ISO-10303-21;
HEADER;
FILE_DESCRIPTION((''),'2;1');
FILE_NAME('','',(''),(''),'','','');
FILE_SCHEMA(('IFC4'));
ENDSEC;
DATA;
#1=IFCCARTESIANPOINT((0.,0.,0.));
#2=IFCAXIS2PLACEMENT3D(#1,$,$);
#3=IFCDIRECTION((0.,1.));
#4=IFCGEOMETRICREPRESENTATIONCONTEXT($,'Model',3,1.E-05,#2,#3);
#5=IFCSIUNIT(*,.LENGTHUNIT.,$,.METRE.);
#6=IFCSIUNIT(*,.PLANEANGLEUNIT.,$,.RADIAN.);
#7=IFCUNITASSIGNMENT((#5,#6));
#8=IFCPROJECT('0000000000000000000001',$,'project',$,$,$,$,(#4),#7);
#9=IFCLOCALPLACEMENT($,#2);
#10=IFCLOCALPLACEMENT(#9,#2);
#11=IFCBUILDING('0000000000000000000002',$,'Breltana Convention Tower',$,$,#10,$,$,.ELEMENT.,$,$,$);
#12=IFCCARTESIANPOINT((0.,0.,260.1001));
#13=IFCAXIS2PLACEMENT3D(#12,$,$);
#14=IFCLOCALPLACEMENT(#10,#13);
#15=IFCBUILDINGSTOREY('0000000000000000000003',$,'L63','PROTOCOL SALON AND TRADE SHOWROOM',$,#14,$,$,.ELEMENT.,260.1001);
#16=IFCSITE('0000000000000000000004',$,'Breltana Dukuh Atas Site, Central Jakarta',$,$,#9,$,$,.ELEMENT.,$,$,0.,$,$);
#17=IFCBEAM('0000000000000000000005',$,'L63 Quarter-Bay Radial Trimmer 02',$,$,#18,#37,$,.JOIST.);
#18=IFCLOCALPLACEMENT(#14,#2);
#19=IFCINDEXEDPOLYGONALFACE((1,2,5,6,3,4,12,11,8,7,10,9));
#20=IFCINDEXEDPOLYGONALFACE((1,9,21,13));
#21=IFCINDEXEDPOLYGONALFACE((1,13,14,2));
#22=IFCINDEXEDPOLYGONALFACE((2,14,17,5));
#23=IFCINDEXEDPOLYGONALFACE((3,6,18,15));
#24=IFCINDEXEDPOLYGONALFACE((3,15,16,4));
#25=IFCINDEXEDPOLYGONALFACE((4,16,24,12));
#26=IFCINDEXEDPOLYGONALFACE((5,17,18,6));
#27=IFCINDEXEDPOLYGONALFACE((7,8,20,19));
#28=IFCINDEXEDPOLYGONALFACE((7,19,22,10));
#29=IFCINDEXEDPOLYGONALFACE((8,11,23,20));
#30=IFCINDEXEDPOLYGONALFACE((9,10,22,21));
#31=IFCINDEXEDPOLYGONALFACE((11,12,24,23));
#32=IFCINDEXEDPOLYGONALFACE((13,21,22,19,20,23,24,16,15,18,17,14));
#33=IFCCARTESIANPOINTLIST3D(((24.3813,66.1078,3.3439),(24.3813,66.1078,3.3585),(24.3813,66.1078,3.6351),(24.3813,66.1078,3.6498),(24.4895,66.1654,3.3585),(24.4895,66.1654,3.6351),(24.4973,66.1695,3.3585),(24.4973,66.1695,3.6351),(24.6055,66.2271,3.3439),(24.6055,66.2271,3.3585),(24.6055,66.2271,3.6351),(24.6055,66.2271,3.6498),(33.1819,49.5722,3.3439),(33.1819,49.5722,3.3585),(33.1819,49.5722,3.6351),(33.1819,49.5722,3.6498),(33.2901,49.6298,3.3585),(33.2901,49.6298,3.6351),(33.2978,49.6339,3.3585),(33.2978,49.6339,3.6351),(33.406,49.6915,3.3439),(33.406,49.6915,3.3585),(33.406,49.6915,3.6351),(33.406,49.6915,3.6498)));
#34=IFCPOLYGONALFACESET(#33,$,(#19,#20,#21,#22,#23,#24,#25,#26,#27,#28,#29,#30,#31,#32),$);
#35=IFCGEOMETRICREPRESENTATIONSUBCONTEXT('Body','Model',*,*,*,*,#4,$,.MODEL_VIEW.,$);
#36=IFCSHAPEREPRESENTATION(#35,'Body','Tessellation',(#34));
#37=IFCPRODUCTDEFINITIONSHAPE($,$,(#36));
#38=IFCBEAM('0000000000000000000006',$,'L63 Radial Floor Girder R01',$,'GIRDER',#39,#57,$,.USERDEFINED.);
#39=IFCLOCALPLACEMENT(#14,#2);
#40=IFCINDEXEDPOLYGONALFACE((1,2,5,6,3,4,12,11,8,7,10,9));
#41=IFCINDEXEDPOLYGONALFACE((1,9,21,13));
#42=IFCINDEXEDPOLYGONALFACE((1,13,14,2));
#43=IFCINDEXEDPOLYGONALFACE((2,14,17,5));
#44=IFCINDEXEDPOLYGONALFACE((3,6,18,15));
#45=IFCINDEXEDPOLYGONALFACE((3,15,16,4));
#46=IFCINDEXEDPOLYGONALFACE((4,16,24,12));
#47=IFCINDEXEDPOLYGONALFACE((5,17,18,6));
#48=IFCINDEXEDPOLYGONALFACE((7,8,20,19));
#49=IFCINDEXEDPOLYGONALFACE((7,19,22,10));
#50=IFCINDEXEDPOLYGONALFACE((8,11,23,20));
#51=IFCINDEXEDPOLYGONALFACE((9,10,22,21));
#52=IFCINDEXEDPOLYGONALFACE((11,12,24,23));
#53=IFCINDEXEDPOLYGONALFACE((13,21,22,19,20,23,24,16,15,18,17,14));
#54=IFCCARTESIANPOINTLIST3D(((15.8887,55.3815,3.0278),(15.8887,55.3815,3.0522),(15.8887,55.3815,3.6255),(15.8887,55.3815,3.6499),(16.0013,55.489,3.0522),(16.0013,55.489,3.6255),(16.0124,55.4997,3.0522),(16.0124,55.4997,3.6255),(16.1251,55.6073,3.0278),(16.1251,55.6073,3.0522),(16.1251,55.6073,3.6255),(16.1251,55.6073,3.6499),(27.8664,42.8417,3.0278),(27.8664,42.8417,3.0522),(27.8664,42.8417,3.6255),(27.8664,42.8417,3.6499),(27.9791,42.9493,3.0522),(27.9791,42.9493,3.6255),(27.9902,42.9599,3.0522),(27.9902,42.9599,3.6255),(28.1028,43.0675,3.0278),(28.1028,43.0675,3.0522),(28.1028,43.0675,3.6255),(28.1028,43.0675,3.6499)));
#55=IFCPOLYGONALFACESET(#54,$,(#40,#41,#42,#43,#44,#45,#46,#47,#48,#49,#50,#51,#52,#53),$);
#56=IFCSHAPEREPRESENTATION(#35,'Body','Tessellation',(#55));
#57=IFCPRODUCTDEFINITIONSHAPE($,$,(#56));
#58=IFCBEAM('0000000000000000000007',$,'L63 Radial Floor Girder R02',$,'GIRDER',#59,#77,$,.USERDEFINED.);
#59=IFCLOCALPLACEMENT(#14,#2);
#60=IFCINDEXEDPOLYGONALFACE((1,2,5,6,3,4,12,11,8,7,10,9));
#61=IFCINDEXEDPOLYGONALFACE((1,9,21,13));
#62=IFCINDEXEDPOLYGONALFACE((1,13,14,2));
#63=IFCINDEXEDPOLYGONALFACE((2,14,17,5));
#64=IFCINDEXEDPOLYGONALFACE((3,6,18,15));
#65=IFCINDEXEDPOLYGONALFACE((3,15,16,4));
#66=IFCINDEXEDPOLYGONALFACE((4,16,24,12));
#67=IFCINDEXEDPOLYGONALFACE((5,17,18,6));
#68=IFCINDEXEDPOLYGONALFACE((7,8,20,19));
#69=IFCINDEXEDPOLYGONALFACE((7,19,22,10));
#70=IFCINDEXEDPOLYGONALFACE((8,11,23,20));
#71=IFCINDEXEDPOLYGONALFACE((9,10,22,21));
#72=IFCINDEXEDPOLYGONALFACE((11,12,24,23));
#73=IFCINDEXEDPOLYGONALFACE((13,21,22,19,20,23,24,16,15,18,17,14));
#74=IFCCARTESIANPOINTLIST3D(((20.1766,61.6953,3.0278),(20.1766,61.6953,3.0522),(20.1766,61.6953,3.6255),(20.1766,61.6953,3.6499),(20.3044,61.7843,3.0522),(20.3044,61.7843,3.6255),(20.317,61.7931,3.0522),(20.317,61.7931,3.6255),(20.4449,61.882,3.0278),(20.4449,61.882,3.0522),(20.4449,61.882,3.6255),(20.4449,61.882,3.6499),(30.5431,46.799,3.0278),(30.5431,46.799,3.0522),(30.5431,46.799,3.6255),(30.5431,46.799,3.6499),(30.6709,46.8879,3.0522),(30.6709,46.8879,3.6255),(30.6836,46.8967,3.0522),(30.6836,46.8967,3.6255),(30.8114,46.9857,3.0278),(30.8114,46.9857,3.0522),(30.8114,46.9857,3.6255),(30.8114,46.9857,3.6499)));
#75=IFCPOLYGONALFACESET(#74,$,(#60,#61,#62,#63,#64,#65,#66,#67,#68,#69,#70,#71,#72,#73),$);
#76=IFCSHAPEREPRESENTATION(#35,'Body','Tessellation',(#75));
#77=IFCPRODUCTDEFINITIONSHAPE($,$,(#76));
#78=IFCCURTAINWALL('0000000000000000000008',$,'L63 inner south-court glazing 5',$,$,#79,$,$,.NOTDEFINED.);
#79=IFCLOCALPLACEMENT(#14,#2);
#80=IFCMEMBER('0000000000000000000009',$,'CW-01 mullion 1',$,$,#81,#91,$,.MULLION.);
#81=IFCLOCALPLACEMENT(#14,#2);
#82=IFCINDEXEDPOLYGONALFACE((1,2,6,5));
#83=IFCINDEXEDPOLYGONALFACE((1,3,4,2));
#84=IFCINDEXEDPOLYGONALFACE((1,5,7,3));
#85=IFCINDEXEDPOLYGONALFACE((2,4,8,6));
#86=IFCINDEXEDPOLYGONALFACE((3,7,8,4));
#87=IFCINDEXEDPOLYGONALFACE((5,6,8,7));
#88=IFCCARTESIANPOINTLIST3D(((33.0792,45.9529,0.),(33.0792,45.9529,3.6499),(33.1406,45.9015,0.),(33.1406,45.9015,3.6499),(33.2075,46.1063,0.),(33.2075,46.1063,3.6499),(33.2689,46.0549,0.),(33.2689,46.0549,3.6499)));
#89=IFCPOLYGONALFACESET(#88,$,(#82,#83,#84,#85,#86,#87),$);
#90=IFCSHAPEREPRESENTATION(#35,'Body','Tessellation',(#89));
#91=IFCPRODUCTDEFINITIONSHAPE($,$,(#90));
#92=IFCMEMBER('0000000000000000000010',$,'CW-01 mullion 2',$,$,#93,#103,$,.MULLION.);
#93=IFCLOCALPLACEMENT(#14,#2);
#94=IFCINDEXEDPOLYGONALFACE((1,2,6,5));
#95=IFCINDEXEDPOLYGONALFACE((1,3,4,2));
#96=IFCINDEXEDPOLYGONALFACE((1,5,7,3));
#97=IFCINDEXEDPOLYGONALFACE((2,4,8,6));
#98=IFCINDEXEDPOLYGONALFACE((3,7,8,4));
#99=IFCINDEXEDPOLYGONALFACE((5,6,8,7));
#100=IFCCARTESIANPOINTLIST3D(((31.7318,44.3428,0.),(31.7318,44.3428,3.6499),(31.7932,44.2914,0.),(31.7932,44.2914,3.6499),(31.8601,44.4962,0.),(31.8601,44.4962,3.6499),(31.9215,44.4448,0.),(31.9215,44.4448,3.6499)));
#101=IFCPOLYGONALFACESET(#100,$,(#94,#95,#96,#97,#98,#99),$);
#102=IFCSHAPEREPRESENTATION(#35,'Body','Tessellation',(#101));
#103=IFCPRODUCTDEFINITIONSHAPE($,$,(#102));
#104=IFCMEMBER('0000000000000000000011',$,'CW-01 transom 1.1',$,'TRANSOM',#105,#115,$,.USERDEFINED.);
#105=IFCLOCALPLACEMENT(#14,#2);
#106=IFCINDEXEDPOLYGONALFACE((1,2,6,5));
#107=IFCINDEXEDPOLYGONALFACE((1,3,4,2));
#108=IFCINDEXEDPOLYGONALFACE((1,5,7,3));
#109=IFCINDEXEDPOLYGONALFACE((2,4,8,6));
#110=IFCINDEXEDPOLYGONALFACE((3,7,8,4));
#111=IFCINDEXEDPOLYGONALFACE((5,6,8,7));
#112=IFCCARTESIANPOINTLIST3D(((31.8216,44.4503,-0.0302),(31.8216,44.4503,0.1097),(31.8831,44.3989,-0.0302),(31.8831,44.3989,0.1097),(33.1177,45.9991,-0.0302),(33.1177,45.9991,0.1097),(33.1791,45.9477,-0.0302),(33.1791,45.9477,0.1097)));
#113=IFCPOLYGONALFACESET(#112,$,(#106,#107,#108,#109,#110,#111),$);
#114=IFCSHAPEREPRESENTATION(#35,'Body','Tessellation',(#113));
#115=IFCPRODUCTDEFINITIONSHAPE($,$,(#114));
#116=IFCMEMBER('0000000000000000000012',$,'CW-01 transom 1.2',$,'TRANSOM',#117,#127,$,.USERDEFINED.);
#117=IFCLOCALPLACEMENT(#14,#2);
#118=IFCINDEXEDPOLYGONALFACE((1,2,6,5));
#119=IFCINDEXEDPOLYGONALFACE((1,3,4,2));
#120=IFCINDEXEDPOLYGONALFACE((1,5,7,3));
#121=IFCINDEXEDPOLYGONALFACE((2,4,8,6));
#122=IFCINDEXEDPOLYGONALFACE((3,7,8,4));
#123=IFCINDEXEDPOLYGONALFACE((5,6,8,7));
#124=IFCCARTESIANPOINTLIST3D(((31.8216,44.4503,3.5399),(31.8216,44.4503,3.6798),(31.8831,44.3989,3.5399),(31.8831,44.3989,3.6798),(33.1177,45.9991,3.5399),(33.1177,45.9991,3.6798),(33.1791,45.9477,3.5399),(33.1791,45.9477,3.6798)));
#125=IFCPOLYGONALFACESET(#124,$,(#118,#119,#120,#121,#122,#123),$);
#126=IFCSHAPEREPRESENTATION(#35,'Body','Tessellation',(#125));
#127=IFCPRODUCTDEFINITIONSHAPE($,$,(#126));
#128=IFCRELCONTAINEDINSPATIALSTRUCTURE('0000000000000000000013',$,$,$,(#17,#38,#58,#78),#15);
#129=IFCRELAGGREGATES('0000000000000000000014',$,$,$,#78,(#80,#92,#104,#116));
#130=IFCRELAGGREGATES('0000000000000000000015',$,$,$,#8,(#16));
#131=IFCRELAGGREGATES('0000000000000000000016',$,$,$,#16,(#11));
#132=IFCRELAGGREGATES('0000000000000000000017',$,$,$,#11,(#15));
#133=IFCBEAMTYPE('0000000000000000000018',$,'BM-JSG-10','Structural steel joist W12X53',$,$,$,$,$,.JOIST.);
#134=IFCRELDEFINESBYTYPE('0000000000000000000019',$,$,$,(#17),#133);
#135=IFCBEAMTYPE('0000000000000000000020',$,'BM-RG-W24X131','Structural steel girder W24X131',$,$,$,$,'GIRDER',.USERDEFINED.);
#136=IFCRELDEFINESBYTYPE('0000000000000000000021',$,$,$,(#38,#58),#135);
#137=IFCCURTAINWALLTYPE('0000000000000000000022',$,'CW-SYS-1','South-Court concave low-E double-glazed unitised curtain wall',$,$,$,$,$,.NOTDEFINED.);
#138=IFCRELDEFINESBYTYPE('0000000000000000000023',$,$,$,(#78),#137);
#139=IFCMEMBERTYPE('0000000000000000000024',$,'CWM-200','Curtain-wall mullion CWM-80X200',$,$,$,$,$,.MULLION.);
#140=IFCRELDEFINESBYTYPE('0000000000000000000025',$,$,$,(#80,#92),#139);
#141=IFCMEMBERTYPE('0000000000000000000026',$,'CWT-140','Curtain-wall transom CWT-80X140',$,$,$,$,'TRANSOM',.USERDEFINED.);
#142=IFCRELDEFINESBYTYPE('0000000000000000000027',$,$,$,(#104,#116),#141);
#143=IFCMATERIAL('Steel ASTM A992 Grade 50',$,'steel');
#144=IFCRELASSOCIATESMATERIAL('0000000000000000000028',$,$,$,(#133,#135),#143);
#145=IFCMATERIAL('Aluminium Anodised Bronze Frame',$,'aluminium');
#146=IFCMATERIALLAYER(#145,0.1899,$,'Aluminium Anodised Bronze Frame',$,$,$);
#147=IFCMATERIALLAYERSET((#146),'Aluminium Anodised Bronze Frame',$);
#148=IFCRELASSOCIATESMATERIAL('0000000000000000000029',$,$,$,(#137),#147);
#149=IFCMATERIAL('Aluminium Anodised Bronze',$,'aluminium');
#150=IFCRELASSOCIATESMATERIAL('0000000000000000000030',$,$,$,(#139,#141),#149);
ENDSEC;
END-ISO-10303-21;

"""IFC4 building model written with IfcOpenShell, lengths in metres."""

from ifc_helpers import new_model, si_unit, direction, frame, origin, origin_2d, place, context, subcontext, project, spatial, rectangle, i_section, extrude, source, transform, mapped, material, layer, layer_set, material_profile, profile_set, type_object, type_shapes, element, aggregate, save


model = new_model("IFC4")

# Units and contexts
model_context = context("Model", 3, precision=1e-05, world=origin(), true_north=direction((0.0, 1.0)))
body_context = subcontext(model_context, "Body", "Model", "MODEL_VIEW")
ifc_project = project(units=[si_unit("LENGTHUNIT", "METRE"), si_unit("PLANEANGLEUNIT", "RADIAN")], contexts=[model_context])

# Site, building, storey
site_placement = place(None, origin())
site = spatial("IfcSite", under=ifc_project, at=site_placement, Name="Breltana Dukuh Atas Site, Central Jakarta", CompositionType="ELEMENT", RefElevation=0.0)
building_placement = place(site_placement, origin())
building = spatial("IfcBuilding", under=site, at=building_placement, Name="Breltana Convention Tower", CompositionType="ELEMENT")
storey_placement = place(building_placement, frame((0.0, 0.0, 260.1001)))
storey = spatial("IfcBuildingStorey", under=building, at=storey_placement, Name="L63", Description="PROTOCOL SALON AND TRADE SHOWROOM", CompositionType="ELEMENT", Elevation=260.1001)

# Shared definitions
ifc_material_1 = material(Name="Steel ASTM A992 Grade 50", Category="steel")

# Beams
ifc_material_profile_1 = material_profile(ifc_material_1, i_section(OverallWidth=0.2539, OverallDepth=0.3059, WebThickness=0.0088, FlangeThickness=0.0146, at=origin_2d()), Name="W12X53")
ifc_profile_set_1 = profile_set([ifc_material_profile_1], Name="Steel ASTM A992 Grade 50")
beam_type_1 = type_object("IfcBeamType", Name="BM-JSG-10", Description="Structural steel joist W12X53", PredefinedType="JOIST", material=ifc_profile_set_1)
shared_shape_1 = source(origin(), body_context, "Body", "SweptSolid", [
    extrude(i_section(OverallWidth=0.2539, OverallDepth=0.3059, WebThickness=0.0088, FlangeThickness=0.0146, at=origin_2d()), origin(), (0.0, 0.0, 1.0), 18.7317),
])
beam_1_placement = place(storey_placement, frame((33.2939, 49.6318, 3.4968), z_axis=(-0.46982, 0.882762, 0.0), x_axis=(-0.882762, -0.46982, 0.0)))
element("IfcBeam", 1, at=beam_1_placement, inside=storey, type_object=beam_type_1, Name="L63 Quarter-Bay Radial Trimmer 02", PredefinedType="JOIST", context=body_context, shape_type="MappedRepresentation", body=[
    mapped(shared_shape_1, transform((0.0, 0.0, 0.0), scale=1.0)),
])
ifc_material_profile_2 = material_profile(ifc_material_1, i_section(OverallWidth=0.3269, OverallDepth=0.6221, WebThickness=0.0154, FlangeThickness=0.0244, at=origin_2d()), Name="W24X131")
ifc_profile_set_2 = profile_set([ifc_material_profile_2], Name="Steel ASTM A992 Grade 50")
beam_type_2 = type_object("IfcBeamType", Name="BM-RG-W24X131", Description="Structural steel girder W24X131", ElementType="GIRDER", PredefinedType="USERDEFINED", material=ifc_profile_set_2)
shared_shape_2 = source(origin(), body_context, "Body", "SweptSolid", [
    extrude(i_section(OverallWidth=0.3269, OverallDepth=0.6221, WebThickness=0.0154, FlangeThickness=0.0244, at=origin_2d()), origin(), (0.0, 0.0, 1.0), 17.3411),
])
type_shapes(beam_type_2, [shared_shape_2])
beam_2_placement = place(storey_placement, frame((27.9846, 42.9546, 3.3389), z_axis=(-0.690716, 0.723126, 0.0), x_axis=(-0.723126, -0.690716, 0.0)))
element("IfcBeam", 2, at=beam_2_placement, inside=storey, type_object=beam_type_2, Name="L63 Radial Floor Girder R01", ObjectType="GIRDER", PredefinedType="USERDEFINED", context=body_context, shape_type="MappedRepresentation", body=[
    mapped(shared_shape_2, transform((0.0, 0.0, 0.0), scale=1.0)),
])
shared_shape_3 = source(origin(), body_context, "Body", "SweptSolid", [
    extrude(i_section(OverallWidth=0.3269, OverallDepth=0.6221, WebThickness=0.0154, FlangeThickness=0.0244, at=origin_2d()), origin(), (0.0, 0.0, 1.0), 18.1484),
])
beam_3_placement = place(storey_placement, frame((30.6772, 46.8923, 3.3389), z_axis=(-0.571208, 0.820806, 0.0), x_axis=(-0.820806, -0.571208, 0.0)))
element("IfcBeam", 3, at=beam_3_placement, inside=storey, type_object=beam_type_2, Name="L63 Radial Floor Girder R02", ObjectType="GIRDER", PredefinedType="USERDEFINED", context=body_context, shape_type="MappedRepresentation", body=[
    mapped(shared_shape_3, transform((0.0, 0.0, 0.0), scale=1.0)),
])

# Curtain wall, members
ifc_material_2 = material(Name="Aluminium Anodised Bronze Frame", Category="aluminium")
ifc_layer_1 = layer(ifc_material_2, 0.1899, Name="Aluminium Anodised Bronze Frame")
ifc_layer_set_1 = layer_set([ifc_layer_1], Name="Aluminium Anodised Bronze Frame")
curtain_wall_type = type_object("IfcCurtainWallType", Name="CW-SYS-1", Description="South-Court concave low-E double-glazed unitised curtain wall", PredefinedType="NOTDEFINED", material=ifc_layer_set_1)
curtain_wall_placement = place(storey_placement, origin())
curtain_wall = element("IfcCurtainWall", 4, at=curtain_wall_placement, inside=storey, type_object=curtain_wall_type, Name="L63 inner south-court glazing 5", PredefinedType="NOTDEFINED")
ifc_material_3 = material(Name="Aluminium Anodised Bronze", Category="aluminium")
ifc_material_profile_3 = material_profile(ifc_material_3, rectangle(XDim=0.0801, YDim=0.2, at=origin_2d()), Name="CWM-80X200")
ifc_profile_set_3 = profile_set([ifc_material_profile_3], Name="Aluminium Anodised Bronze")
member_type_1 = type_object("IfcMemberType", Name="CWM-200", Description="Curtain-wall mullion CWM-80X200", PredefinedType="MULLION", material=ifc_profile_set_3)
shared_shape_4 = source(origin(), body_context, "Body", "SweptSolid", [
    extrude(rectangle(XDim=0.0801, YDim=0.2, at=origin_2d()), origin(), (0.0, 0.0, 1.0), 3.6499),
])
member_1_placement = place(storey_placement, frame((33.1741, 46.0039, 0.0), z_axis=(0.0, 0.0, 1.0), x_axis=(0.766892, -0.641776, 0.0)))
member_1 = element("IfcMember", 5, at=member_1_placement, type_object=member_type_1, Name="CW-01 mullion 1", PredefinedType="MULLION", context=body_context, shape_type="MappedRepresentation", body=[
    mapped(shared_shape_4, transform((0.0, 0.0, 0.0), scale=1.0)),
])
member_2_placement = place(storey_placement, frame((31.8267, 44.3938, 0.0), z_axis=(0.0, 0.0, 1.0), x_axis=(0.766892, -0.641776, 0.0)))
member_2 = element("IfcMember", 6, at=member_2_placement, type_object=member_type_1, Name="CW-01 mullion 2", PredefinedType="MULLION", context=body_context, shape_type="MappedRepresentation", body=[
    mapped(shared_shape_4, transform((0.0, 0.0, 0.0), scale=1.0)),
])
ifc_material_profile_4 = material_profile(ifc_material_3, rectangle(XDim=0.0801, YDim=0.1399, at=origin_2d()), Name="CWT-80X140")
ifc_profile_set_4 = profile_set([ifc_material_profile_4], Name="Aluminium Anodised Bronze")
member_type_2 = type_object("IfcMemberType", Name="CWT-140", Description="Curtain-wall transom CWT-80X140", ElementType="TRANSOM", PredefinedType="USERDEFINED", material=ifc_profile_set_4)
shared_shape_5 = source(origin(), body_context, "Body", "SweptSolid", [
    extrude(rectangle(XDim=0.0801, YDim=0.1399, at=origin_2d()), origin(), (0.0, 0.0, 1.0), 2.0195),
])
member_3_placement = place(storey_placement, frame((33.1484, 45.9734, 0.0398), z_axis=(-0.641776, -0.766892, 0.0), x_axis=(0.766892, -0.641776, 0.0)))
member_3 = element("IfcMember", 7, at=member_3_placement, type_object=member_type_2, Name="CW-01 transom 1.1", ObjectType="TRANSOM", PredefinedType="USERDEFINED", context=body_context, shape_type="MappedRepresentation", body=[
    mapped(shared_shape_5, transform((0.0, 0.0, 0.0), scale=1.0)),
])
member_4_placement = place(storey_placement, frame((33.1484, 45.9734, 3.6099), z_axis=(-0.641776, -0.766892, 0.0), x_axis=(0.766892, -0.641776, 0.0)))
member_4 = element("IfcMember", 8, at=member_4_placement, type_object=member_type_2, Name="CW-01 transom 1.2", ObjectType="TRANSOM", PredefinedType="USERDEFINED", context=body_context, shape_type="MappedRepresentation", body=[
    mapped(shared_shape_5, transform((0.0, 0.0, 0.0), scale=1.0)),
])

aggregate(curtain_wall, [member_1, member_2, member_3, member_4])

save(model, "model.ifc")
